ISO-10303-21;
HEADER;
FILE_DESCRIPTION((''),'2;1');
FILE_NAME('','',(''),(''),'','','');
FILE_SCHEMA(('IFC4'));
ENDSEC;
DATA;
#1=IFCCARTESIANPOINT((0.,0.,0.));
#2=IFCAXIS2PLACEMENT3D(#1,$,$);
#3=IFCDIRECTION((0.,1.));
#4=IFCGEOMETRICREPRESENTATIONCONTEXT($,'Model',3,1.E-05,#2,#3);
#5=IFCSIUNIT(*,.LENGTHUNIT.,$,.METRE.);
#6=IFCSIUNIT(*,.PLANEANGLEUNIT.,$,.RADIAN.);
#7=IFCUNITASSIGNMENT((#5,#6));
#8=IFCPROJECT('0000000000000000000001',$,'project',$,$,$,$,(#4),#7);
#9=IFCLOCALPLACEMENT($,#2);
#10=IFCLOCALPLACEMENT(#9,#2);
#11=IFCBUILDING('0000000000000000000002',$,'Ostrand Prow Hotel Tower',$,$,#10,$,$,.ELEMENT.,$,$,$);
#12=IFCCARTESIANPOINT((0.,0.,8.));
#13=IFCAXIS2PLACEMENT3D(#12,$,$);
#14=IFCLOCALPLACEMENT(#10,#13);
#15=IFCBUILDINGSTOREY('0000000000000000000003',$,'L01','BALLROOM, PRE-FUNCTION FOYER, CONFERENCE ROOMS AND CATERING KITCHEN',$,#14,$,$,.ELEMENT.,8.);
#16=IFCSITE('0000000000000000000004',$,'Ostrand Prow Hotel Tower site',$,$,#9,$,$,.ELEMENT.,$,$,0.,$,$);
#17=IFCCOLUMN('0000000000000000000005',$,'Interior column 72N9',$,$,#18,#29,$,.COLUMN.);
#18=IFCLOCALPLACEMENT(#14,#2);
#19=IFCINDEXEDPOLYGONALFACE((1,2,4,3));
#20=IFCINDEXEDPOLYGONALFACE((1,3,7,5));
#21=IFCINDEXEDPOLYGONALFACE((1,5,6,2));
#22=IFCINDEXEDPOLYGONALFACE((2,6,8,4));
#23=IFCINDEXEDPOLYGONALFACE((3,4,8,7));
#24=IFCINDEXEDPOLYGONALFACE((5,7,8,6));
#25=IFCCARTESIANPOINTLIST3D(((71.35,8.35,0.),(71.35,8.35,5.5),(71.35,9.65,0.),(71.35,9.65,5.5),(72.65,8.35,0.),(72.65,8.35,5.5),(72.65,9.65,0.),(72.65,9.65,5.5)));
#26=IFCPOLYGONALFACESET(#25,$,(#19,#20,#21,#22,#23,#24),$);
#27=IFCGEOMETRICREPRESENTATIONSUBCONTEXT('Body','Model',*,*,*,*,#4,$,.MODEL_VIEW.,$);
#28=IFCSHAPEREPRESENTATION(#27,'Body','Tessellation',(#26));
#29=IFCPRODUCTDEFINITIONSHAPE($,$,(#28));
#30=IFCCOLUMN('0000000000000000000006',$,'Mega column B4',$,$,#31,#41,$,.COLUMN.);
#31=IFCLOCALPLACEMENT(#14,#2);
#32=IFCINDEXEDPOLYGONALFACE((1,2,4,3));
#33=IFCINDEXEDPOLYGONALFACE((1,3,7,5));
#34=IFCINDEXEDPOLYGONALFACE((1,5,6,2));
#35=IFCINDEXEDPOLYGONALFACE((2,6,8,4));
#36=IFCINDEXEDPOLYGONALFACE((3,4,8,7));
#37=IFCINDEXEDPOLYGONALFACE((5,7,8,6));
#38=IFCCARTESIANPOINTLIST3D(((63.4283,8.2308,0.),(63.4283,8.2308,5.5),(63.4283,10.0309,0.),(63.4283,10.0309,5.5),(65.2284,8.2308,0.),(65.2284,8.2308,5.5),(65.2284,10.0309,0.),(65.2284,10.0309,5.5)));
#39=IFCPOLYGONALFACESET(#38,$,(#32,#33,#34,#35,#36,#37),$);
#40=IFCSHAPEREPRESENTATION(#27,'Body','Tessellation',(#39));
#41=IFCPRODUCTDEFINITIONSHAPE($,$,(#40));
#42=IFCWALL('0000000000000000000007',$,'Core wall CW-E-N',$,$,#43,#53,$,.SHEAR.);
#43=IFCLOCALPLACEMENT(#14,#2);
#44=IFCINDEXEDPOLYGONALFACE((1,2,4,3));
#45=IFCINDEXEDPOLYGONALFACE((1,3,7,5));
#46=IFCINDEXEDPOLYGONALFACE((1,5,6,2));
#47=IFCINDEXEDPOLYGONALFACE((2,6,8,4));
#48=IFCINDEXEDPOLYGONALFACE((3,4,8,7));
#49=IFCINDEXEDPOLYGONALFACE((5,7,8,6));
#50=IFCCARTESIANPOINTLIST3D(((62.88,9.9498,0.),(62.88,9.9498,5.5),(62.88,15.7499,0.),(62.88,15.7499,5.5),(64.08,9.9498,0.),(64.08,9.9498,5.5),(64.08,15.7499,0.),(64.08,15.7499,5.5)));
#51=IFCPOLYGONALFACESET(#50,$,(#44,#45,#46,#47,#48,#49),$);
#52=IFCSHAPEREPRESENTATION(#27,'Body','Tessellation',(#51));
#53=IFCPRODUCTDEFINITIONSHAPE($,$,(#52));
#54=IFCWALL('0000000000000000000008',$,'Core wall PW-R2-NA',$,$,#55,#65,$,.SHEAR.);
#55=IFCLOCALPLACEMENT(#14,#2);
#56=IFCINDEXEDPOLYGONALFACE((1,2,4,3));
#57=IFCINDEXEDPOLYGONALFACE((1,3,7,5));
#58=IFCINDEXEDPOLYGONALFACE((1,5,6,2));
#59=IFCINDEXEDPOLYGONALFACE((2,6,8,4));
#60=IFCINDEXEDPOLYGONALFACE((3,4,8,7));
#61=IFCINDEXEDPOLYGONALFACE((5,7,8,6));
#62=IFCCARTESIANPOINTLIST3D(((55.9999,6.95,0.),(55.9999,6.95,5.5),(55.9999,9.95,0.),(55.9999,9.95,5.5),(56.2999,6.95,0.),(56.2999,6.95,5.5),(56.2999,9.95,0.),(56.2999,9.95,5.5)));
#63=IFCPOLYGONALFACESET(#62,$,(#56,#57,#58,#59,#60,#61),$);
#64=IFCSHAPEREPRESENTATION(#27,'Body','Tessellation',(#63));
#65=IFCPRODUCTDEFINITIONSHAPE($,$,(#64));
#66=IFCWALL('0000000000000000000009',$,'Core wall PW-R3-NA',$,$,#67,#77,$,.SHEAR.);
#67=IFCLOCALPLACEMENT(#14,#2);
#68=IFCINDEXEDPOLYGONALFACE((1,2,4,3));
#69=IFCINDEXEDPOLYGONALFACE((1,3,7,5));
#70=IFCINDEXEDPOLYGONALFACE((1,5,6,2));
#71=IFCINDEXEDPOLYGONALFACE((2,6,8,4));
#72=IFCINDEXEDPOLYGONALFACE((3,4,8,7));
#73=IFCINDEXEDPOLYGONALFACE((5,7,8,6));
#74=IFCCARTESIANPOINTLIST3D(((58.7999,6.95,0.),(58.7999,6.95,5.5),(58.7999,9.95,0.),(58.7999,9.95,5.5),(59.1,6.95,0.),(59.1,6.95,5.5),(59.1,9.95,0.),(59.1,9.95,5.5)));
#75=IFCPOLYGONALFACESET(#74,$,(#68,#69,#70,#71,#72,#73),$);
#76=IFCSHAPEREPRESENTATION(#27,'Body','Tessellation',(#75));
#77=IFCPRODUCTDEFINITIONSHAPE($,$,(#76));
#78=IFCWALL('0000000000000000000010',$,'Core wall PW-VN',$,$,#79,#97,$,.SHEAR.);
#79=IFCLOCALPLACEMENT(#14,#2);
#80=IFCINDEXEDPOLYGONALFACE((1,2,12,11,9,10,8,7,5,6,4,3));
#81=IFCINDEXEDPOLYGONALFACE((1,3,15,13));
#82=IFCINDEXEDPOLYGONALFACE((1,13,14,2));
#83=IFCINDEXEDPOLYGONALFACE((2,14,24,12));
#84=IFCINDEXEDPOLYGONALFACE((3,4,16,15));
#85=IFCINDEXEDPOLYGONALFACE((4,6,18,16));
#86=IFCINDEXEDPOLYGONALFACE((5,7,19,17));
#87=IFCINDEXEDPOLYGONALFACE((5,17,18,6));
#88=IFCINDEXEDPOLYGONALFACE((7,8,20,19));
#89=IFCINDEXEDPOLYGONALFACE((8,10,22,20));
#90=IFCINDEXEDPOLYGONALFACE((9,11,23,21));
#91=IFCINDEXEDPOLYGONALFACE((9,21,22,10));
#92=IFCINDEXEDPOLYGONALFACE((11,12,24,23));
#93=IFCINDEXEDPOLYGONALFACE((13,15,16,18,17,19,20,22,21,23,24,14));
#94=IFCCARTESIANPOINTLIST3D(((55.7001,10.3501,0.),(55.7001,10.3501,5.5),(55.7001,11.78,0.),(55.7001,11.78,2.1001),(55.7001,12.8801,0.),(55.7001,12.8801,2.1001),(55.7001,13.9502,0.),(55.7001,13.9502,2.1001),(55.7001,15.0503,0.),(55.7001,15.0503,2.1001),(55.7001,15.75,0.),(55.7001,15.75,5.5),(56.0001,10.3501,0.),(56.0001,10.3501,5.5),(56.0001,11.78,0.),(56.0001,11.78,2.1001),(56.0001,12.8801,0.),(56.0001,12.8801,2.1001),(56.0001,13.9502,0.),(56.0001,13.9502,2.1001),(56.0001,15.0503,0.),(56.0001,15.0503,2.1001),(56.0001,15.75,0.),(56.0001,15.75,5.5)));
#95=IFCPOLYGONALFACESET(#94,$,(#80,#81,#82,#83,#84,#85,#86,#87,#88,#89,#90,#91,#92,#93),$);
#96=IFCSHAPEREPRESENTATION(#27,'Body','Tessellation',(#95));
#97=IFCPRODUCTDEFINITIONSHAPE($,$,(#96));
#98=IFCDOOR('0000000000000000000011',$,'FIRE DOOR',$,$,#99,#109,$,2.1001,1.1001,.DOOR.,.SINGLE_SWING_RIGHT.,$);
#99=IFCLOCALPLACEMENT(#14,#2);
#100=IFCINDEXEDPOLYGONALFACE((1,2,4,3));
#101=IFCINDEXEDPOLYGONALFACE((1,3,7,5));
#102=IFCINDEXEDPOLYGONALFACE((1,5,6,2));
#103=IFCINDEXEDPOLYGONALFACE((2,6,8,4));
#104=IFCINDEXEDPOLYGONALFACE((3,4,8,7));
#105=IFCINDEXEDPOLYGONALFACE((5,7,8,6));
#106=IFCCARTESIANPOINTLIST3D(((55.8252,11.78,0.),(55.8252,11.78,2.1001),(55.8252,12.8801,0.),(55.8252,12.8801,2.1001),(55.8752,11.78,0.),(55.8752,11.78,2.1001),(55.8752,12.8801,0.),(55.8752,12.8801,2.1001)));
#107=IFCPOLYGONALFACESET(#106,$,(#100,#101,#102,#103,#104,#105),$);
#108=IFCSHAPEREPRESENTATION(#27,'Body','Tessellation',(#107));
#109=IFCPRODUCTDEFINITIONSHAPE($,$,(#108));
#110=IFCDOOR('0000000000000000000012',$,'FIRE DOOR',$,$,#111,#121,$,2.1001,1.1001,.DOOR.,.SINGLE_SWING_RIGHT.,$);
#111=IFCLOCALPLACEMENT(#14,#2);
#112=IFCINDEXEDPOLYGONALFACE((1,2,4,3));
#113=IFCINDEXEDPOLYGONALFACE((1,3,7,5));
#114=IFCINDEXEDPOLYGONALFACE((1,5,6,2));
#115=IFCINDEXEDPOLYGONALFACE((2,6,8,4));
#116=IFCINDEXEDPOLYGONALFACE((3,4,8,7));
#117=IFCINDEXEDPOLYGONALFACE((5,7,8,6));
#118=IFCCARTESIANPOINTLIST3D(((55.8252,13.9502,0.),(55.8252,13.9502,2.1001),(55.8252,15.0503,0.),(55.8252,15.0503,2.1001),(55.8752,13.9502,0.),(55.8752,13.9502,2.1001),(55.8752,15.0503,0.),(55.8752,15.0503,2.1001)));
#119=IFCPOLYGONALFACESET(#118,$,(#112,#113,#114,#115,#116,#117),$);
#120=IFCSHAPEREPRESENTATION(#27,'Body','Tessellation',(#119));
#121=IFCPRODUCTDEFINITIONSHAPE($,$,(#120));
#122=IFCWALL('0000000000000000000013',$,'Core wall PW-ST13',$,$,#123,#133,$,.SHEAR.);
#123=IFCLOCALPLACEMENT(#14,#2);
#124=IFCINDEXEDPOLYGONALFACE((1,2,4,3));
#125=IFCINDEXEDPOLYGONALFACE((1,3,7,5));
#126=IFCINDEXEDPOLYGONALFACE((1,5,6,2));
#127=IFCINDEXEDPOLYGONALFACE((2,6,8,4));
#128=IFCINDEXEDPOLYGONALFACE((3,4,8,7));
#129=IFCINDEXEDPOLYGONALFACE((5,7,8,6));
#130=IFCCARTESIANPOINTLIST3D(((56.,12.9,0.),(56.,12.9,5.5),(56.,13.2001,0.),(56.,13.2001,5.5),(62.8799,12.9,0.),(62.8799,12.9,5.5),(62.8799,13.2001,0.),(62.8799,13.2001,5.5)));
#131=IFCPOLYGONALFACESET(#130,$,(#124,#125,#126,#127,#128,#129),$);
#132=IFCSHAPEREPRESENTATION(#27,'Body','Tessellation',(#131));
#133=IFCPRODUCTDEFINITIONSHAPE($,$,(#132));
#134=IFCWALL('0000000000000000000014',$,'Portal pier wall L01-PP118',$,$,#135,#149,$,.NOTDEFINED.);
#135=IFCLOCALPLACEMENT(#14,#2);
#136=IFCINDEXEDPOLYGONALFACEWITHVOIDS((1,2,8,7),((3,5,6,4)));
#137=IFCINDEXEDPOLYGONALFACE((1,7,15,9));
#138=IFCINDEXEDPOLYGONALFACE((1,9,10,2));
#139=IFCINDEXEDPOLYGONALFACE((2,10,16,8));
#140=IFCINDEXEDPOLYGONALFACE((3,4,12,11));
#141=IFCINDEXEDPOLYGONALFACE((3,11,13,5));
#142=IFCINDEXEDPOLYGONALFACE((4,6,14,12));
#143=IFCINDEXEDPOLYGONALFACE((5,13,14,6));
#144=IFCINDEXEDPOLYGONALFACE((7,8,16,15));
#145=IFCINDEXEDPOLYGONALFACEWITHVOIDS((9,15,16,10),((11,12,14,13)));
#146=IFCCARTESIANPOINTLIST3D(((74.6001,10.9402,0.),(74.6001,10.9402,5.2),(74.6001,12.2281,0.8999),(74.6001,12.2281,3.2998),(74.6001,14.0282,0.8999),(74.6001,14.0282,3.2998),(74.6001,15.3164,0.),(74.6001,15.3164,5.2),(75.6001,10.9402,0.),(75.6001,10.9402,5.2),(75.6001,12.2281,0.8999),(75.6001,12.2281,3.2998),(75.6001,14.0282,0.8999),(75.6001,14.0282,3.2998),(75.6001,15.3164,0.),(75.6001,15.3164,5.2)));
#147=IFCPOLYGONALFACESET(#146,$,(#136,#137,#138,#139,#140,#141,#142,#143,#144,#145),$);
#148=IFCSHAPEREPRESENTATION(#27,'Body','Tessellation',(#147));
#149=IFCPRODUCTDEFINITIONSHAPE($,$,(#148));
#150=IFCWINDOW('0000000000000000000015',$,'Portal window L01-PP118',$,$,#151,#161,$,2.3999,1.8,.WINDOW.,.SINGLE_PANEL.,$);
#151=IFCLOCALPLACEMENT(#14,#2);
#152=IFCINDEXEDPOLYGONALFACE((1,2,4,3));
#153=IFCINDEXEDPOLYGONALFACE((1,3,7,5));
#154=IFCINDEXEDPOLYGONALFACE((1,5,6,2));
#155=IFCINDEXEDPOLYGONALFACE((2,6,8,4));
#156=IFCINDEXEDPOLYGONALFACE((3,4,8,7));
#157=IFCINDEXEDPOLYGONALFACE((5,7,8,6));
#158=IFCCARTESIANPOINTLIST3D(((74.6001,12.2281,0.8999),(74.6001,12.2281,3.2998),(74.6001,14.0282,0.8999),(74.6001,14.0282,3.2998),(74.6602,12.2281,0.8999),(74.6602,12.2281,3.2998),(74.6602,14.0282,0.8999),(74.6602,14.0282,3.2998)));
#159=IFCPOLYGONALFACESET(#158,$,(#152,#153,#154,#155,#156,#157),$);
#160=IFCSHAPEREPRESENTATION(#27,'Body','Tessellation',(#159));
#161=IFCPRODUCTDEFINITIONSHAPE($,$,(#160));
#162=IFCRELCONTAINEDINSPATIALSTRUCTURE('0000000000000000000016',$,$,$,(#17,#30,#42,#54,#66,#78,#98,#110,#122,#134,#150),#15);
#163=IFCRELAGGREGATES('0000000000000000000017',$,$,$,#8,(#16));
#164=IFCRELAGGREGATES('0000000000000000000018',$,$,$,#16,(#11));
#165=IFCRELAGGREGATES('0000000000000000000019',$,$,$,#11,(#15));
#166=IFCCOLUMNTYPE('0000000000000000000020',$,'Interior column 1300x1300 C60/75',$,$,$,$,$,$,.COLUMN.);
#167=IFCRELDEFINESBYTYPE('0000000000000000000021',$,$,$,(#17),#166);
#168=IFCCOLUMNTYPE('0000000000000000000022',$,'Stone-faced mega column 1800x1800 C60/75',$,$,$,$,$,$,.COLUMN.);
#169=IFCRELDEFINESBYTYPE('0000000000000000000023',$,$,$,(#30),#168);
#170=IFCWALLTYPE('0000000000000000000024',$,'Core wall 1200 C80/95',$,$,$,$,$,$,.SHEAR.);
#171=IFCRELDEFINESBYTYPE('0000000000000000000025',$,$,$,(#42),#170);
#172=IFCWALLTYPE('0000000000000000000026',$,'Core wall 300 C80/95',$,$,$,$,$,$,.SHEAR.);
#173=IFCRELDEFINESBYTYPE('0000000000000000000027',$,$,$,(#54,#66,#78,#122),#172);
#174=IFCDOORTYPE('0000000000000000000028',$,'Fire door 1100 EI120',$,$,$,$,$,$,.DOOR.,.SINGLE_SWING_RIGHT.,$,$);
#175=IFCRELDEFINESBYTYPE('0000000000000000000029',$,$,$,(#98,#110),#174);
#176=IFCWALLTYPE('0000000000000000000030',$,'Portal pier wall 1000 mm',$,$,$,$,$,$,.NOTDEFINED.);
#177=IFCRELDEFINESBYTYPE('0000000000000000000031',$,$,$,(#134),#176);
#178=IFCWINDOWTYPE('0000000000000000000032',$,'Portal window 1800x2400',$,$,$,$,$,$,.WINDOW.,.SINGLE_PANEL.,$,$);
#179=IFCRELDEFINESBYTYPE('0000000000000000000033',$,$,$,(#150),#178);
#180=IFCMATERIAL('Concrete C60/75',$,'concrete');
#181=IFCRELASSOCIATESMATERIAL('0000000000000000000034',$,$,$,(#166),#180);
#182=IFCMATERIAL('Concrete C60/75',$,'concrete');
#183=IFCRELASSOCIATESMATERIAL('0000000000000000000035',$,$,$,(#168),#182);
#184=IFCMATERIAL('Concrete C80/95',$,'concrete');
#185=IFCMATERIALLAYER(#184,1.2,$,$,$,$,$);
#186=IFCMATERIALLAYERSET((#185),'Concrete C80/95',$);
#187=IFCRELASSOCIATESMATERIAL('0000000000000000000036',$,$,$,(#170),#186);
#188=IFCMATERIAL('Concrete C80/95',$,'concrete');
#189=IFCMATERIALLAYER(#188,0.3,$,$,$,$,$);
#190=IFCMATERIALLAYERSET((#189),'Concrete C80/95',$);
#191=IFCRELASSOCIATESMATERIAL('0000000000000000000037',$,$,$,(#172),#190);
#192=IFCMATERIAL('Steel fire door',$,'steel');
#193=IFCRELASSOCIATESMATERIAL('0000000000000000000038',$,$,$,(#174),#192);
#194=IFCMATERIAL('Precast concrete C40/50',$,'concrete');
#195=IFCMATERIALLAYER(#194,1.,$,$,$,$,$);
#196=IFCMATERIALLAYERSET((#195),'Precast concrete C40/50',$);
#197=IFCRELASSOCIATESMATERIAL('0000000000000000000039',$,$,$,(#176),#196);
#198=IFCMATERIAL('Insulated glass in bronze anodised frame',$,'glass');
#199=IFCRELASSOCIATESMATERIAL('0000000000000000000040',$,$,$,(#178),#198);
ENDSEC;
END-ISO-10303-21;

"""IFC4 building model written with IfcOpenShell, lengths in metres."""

from ifc_helpers import new_model, si_unit, direction, frame, frame_2d, origin, origin_2d, place, context, subcontext, project, spatial, polyline, rectangle, outline, extrude, material, layer, layer_set, material_profile, profile_set, type_object, element, fill, save


model = new_model("IFC4")

# Units and contexts
model_context = context("Model", 3, precision=1e-05, world=origin(), true_north=direction((0.0, 1.0)))
body_context = subcontext(model_context, "Body", "Model", "MODEL_VIEW")
ifc_project = project(units=[si_unit("LENGTHUNIT", "METRE"), si_unit("PLANEANGLEUNIT", "RADIAN")], contexts=[model_context])

# Site, building, storey
site_placement = place(None, origin())
site = spatial("IfcSite", under=ifc_project, at=site_placement, Name="Ostrand Prow Hotel Tower site", CompositionType="ELEMENT", RefElevation=0.0)
building_placement = place(site_placement, origin())
building = spatial("IfcBuilding", under=site, at=building_placement, Name="Ostrand Prow Hotel Tower", CompositionType="ELEMENT")
storey_placement = place(building_placement, frame((0.0, 0.0, 8.0)))
storey = spatial("IfcBuildingStorey", under=building, at=storey_placement, Name="L01", Description="BALLROOM, PRE-FUNCTION FOYER, CONFERENCE ROOMS AND CATERING KITCHEN", CompositionType="ELEMENT", Elevation=8.0)

# Columns
ifc_material_1 = material(Name="Concrete C60/75", Category="concrete")
ifc_material_profile_1 = material_profile(ifc_material_1, rectangle(XDim=1.3, YDim=1.3, at=origin_2d()), Name="RC 1300x1300")
ifc_profile_set_1 = profile_set([ifc_material_profile_1], Name="Concrete C60/75")
column_type_1 = type_object("IfcColumnType", Name="Interior column 1300x1300 C60/75", PredefinedType="COLUMN", material=ifc_profile_set_1)
column_1_placement = place(storey_placement, frame((72.0, 9.0, 0.0), z_axis=(0.0, 0.0, 1.0), x_axis=(1.0, 0.0, 0.0)))
element("IfcColumn", 1, at=column_1_placement, inside=storey, type_object=column_type_1, Name="Interior column 72N9", PredefinedType="COLUMN", context=body_context, shape_type="SweptSolid", body=[
    extrude(rectangle(XDim=1.3, YDim=1.3, at=origin_2d()), origin(), (0.0, 0.0, 1.0), 5.5),
])
ifc_material_2 = material(Name="Concrete C60/75", Category="concrete")
ifc_material_profile_2 = material_profile(ifc_material_2, rectangle(XDim=1.8, YDim=1.8, at=origin_2d()), Name="RC 1800x1800")
ifc_profile_set_2 = profile_set([ifc_material_profile_2], Name="Concrete C60/75")
column_type_2 = type_object("IfcColumnType", Name="Stone-faced mega column 1800x1800 C60/75", PredefinedType="COLUMN", material=ifc_profile_set_2)
column_2_placement = place(storey_placement, frame((64.3284, 9.1309, 0.0), z_axis=(0.0, 0.0, 1.0), x_axis=(1.0, 0.0, 0.0)))
element("IfcColumn", 2, at=column_2_placement, inside=storey, type_object=column_type_2, Name="Mega column B4", PredefinedType="COLUMN", context=body_context, shape_type="SweptSolid", body=[
    extrude(rectangle(XDim=1.8, YDim=1.8, at=origin_2d()), origin(), (0.0, 0.0, 1.0), 5.5),
])

# Walls
ifc_material_3 = material(Name="Concrete C80/95", Category="concrete")
ifc_layer_1 = layer(ifc_material_3, 1.2)
ifc_layer_set_1 = layer_set([ifc_layer_1], Name="Concrete C80/95")
wall_type_1 = type_object("IfcWallType", Name="Core wall 1200 C80/95", PredefinedType="SHEAR", material=ifc_layer_set_1)
wall_1_placement = place(storey_placement, frame((63.48, 9.95, 0.0), z_axis=(0.0, 0.0, 1.0), x_axis=(0.0, 1.0, 0.0)))
element("IfcWall", 3, at=wall_1_placement, inside=storey, type_object=wall_type_1, Name="Core wall CW-E-N", PredefinedType="SHEAR", context=body_context, shape_type="SweptSolid", body=[
    extrude(rectangle(XDim=5.8, YDim=1.2, at=frame_2d((2.8999, 0.0))), origin(), (0.0, 0.0, 1.0), 5.5),
])
ifc_material_4 = material(Name="Concrete C80/95", Category="concrete")
ifc_layer_2 = layer(ifc_material_4, 0.3)
ifc_layer_set_2 = layer_set([ifc_layer_2], Name="Concrete C80/95")
wall_type_2 = type_object("IfcWallType", Name="Core wall 300 C80/95", PredefinedType="SHEAR", material=ifc_layer_set_2)
for number, where, z_axis, x_axis, name in (
    (4, (56.1499, 6.95, 0.0), (0.0, 0.0, 1.0), (0.0, 1.0, 0.0), "Core wall PW-R2-NA"),
    (5, (58.95, 6.95, 0.0), (0.0, 0.0, 1.0), (0.0, 1.0, 0.0), "Core wall PW-R3-NA"),
):
    element("IfcWall", number, at=place(storey_placement, frame(where, z_axis=z_axis, x_axis=x_axis)), inside=storey, type_object=wall_type_2, Name=name, PredefinedType="SHEAR", context=body_context, shape_type="SweptSolid", body=[
        extrude(rectangle(XDim=3.0, YDim=0.3, at=frame_2d((1.5, 0.0))), origin(), (0.0, 0.0, 1.0), 5.5),
    ])

# Wall, openings, doors
wall_2_placement = place(storey_placement, frame((55.8501, 10.3501, 0.0), z_axis=(0.0, 0.0, 1.0), x_axis=(0.0, 1.0, 0.0)))
wall_2 = element("IfcWall", 6, at=wall_2_placement, inside=storey, type_object=wall_type_2, Name="Core wall PW-VN", PredefinedType="SHEAR", context=body_context, shape_type="SweptSolid", body=[
    extrude(rectangle(XDim=5.3999, YDim=0.3, at=frame_2d((2.7, 0.0))), origin(), (0.0, 0.0, 1.0), 5.5),
])
opening_1_placement = place(wall_2_placement, frame((1.4299, 0.0, 0.0)))
opening_1 = element("IfcOpeningElement", 7, at=opening_1_placement, cuts=wall_2, PredefinedType="OPENING", context=body_context, shape_type="SweptSolid", body=[
    extrude(rectangle(XDim=1.1001, YDim=2.1001, at=frame_2d((0.55, 1.05))), frame((0.0, 0.1599, 0.0), z_axis=(0.0, -1.0, 0.0), x_axis=(1.0, 0.0, 0.0)), (0.0, 0.0, 1.0), 0.3201),
])
opening_2_placement = place(wall_2_placement, frame((3.6001, 0.0, 0.0)))
opening_2 = element("IfcOpeningElement", 8, at=opening_2_placement, cuts=wall_2, PredefinedType="OPENING", context=body_context, shape_type="SweptSolid", body=[
    extrude(rectangle(XDim=1.1001, YDim=2.1001, at=frame_2d((0.55, 1.05))), frame((0.0, 0.1599, 0.0), z_axis=(0.0, -1.0, 0.0), x_axis=(1.0, 0.0, 0.0)), (0.0, 0.0, 1.0), 0.3201),
])
ifc_material_5 = material(Name="Steel fire door", Category="steel")
door_type = type_object("IfcDoorType", Name="Fire door 1100 EI120", OperationType="SINGLE_SWING_RIGHT", PredefinedType="DOOR", material=ifc_material_5)
door_1_placement = place(opening_1_placement, origin())
door_1 = element("IfcDoor", 9, at=door_1_placement, inside=storey, type_object=door_type, Name="FIRE DOOR", OperationType="SINGLE_SWING_RIGHT", OverallHeight=2.1001, OverallWidth=1.1001, PredefinedType="DOOR", context=body_context, shape_type="SweptSolid", body=[
    extrude(rectangle(XDim=1.1001, YDim=2.1001, at=frame_2d((0.55, 1.05))), frame((0.0, 0.0249, 0.0), z_axis=(0.0, -1.0, 0.0), x_axis=(1.0, 0.0, 0.0)), (0.0, 0.0, 1.0), 0.05),
])
fill(opening_1, door_1)
door_2_placement = place(opening_2_placement, origin())
door_2 = element("IfcDoor", 10, at=door_2_placement, inside=storey, type_object=door_type, Name="FIRE DOOR", OperationType="SINGLE_SWING_RIGHT", OverallHeight=2.1001, OverallWidth=1.1001, PredefinedType="DOOR", context=body_context, shape_type="SweptSolid", body=[
    extrude(rectangle(XDim=1.1001, YDim=2.1001, at=frame_2d((0.55, 1.05))), frame((0.0, 0.0249, 0.0), z_axis=(0.0, -1.0, 0.0), x_axis=(1.0, 0.0, 0.0)), (0.0, 0.0, 1.0), 0.05),
])
fill(opening_2, door_2)

# Wall
wall_3_placement = place(storey_placement, frame((56.0, 13.05, 0.0), z_axis=(0.0, 0.0, 1.0), x_axis=(1.0, 0.0, 0.0)))
element("IfcWall", 11, at=wall_3_placement, inside=storey, type_object=wall_type_2, Name="Core wall PW-ST13", PredefinedType="SHEAR", context=body_context, shape_type="SweptSolid", body=[
    extrude(rectangle(XDim=6.8799, YDim=0.3, at=frame_2d((3.4399, 0.0))), origin(), (0.0, 0.0, 1.0), 5.5),
])

# Wall, opening, window
ifc_material_6 = material(Name="Precast concrete C40/50", Category="concrete")
ifc_layer_3 = layer(ifc_material_6, 1.0)
ifc_layer_set_3 = layer_set([ifc_layer_3], Name="Precast concrete C40/50")
wall_type_3 = type_object("IfcWallType", Name="Portal pier wall 1000 mm", PredefinedType="NOTDEFINED", material=ifc_layer_set_3)
wall_4_placement = place(storey_placement, frame((75.1001, 10.9402, 0.0), z_axis=(0.0, 0.0, 1.0), x_axis=(0.0, 1.0, 0.0)))
wall_4 = element("IfcWall", 12, at=wall_4_placement, inside=storey, type_object=wall_type_3, Name="Portal pier wall L01-PP118", PredefinedType="NOTDEFINED", context=body_context, shape_type="SweptSolid", body=[
    extrude(outline(polyline([(0.0, -0.5), (4.3762, -0.5), (4.3762, 0.5), (0.0, 0.5), (0.0, -0.5)])), origin(), (0.0, 0.0, 1.0), 5.2),
])
opening_3_placement = place(wall_4_placement, frame((1.2881, 0.0, 0.8999)))
opening_3 = element("IfcOpeningElement", 13, at=opening_3_placement, cuts=wall_4, PredefinedType="OPENING", context=body_context, shape_type="SweptSolid", body=[
    extrude(rectangle(XDim=1.8, YDim=2.3999, at=frame_2d((0.8999, 1.2))), frame((0.0, 0.51, 0.0), z_axis=(0.0, -1.0, 0.0), x_axis=(1.0, 0.0, 0.0)), (0.0, 0.0, 1.0), 1.02),
])
ifc_material_7 = material(Name="Insulated glass in bronze anodised frame", Category="glass")
window_type = type_object("IfcWindowType", Name="Portal window 1800x2400", PartitioningType="SINGLE_PANEL", PredefinedType="WINDOW", material=ifc_material_7)
window_placement = place(opening_3_placement, origin())
window = element("IfcWindow", 14, at=window_placement, inside=storey, type_object=window_type, Name="Portal window L01-PP118", OverallHeight=2.3999, OverallWidth=1.8, PartitioningType="SINGLE_PANEL", PredefinedType="WINDOW", context=body_context, shape_type="SweptSolid", body=[
    extrude(rectangle(XDim=1.8, YDim=2.3999, at=frame_2d((0.8999, 1.2))), frame((0.0, 0.5, 0.0), z_axis=(0.0, -1.0, 0.0), x_axis=(1.0, 0.0, 0.0)), (0.0, 0.0, 1.0), 0.0601),
])
fill(opening_3, window)

save(model, "model.ifc")
